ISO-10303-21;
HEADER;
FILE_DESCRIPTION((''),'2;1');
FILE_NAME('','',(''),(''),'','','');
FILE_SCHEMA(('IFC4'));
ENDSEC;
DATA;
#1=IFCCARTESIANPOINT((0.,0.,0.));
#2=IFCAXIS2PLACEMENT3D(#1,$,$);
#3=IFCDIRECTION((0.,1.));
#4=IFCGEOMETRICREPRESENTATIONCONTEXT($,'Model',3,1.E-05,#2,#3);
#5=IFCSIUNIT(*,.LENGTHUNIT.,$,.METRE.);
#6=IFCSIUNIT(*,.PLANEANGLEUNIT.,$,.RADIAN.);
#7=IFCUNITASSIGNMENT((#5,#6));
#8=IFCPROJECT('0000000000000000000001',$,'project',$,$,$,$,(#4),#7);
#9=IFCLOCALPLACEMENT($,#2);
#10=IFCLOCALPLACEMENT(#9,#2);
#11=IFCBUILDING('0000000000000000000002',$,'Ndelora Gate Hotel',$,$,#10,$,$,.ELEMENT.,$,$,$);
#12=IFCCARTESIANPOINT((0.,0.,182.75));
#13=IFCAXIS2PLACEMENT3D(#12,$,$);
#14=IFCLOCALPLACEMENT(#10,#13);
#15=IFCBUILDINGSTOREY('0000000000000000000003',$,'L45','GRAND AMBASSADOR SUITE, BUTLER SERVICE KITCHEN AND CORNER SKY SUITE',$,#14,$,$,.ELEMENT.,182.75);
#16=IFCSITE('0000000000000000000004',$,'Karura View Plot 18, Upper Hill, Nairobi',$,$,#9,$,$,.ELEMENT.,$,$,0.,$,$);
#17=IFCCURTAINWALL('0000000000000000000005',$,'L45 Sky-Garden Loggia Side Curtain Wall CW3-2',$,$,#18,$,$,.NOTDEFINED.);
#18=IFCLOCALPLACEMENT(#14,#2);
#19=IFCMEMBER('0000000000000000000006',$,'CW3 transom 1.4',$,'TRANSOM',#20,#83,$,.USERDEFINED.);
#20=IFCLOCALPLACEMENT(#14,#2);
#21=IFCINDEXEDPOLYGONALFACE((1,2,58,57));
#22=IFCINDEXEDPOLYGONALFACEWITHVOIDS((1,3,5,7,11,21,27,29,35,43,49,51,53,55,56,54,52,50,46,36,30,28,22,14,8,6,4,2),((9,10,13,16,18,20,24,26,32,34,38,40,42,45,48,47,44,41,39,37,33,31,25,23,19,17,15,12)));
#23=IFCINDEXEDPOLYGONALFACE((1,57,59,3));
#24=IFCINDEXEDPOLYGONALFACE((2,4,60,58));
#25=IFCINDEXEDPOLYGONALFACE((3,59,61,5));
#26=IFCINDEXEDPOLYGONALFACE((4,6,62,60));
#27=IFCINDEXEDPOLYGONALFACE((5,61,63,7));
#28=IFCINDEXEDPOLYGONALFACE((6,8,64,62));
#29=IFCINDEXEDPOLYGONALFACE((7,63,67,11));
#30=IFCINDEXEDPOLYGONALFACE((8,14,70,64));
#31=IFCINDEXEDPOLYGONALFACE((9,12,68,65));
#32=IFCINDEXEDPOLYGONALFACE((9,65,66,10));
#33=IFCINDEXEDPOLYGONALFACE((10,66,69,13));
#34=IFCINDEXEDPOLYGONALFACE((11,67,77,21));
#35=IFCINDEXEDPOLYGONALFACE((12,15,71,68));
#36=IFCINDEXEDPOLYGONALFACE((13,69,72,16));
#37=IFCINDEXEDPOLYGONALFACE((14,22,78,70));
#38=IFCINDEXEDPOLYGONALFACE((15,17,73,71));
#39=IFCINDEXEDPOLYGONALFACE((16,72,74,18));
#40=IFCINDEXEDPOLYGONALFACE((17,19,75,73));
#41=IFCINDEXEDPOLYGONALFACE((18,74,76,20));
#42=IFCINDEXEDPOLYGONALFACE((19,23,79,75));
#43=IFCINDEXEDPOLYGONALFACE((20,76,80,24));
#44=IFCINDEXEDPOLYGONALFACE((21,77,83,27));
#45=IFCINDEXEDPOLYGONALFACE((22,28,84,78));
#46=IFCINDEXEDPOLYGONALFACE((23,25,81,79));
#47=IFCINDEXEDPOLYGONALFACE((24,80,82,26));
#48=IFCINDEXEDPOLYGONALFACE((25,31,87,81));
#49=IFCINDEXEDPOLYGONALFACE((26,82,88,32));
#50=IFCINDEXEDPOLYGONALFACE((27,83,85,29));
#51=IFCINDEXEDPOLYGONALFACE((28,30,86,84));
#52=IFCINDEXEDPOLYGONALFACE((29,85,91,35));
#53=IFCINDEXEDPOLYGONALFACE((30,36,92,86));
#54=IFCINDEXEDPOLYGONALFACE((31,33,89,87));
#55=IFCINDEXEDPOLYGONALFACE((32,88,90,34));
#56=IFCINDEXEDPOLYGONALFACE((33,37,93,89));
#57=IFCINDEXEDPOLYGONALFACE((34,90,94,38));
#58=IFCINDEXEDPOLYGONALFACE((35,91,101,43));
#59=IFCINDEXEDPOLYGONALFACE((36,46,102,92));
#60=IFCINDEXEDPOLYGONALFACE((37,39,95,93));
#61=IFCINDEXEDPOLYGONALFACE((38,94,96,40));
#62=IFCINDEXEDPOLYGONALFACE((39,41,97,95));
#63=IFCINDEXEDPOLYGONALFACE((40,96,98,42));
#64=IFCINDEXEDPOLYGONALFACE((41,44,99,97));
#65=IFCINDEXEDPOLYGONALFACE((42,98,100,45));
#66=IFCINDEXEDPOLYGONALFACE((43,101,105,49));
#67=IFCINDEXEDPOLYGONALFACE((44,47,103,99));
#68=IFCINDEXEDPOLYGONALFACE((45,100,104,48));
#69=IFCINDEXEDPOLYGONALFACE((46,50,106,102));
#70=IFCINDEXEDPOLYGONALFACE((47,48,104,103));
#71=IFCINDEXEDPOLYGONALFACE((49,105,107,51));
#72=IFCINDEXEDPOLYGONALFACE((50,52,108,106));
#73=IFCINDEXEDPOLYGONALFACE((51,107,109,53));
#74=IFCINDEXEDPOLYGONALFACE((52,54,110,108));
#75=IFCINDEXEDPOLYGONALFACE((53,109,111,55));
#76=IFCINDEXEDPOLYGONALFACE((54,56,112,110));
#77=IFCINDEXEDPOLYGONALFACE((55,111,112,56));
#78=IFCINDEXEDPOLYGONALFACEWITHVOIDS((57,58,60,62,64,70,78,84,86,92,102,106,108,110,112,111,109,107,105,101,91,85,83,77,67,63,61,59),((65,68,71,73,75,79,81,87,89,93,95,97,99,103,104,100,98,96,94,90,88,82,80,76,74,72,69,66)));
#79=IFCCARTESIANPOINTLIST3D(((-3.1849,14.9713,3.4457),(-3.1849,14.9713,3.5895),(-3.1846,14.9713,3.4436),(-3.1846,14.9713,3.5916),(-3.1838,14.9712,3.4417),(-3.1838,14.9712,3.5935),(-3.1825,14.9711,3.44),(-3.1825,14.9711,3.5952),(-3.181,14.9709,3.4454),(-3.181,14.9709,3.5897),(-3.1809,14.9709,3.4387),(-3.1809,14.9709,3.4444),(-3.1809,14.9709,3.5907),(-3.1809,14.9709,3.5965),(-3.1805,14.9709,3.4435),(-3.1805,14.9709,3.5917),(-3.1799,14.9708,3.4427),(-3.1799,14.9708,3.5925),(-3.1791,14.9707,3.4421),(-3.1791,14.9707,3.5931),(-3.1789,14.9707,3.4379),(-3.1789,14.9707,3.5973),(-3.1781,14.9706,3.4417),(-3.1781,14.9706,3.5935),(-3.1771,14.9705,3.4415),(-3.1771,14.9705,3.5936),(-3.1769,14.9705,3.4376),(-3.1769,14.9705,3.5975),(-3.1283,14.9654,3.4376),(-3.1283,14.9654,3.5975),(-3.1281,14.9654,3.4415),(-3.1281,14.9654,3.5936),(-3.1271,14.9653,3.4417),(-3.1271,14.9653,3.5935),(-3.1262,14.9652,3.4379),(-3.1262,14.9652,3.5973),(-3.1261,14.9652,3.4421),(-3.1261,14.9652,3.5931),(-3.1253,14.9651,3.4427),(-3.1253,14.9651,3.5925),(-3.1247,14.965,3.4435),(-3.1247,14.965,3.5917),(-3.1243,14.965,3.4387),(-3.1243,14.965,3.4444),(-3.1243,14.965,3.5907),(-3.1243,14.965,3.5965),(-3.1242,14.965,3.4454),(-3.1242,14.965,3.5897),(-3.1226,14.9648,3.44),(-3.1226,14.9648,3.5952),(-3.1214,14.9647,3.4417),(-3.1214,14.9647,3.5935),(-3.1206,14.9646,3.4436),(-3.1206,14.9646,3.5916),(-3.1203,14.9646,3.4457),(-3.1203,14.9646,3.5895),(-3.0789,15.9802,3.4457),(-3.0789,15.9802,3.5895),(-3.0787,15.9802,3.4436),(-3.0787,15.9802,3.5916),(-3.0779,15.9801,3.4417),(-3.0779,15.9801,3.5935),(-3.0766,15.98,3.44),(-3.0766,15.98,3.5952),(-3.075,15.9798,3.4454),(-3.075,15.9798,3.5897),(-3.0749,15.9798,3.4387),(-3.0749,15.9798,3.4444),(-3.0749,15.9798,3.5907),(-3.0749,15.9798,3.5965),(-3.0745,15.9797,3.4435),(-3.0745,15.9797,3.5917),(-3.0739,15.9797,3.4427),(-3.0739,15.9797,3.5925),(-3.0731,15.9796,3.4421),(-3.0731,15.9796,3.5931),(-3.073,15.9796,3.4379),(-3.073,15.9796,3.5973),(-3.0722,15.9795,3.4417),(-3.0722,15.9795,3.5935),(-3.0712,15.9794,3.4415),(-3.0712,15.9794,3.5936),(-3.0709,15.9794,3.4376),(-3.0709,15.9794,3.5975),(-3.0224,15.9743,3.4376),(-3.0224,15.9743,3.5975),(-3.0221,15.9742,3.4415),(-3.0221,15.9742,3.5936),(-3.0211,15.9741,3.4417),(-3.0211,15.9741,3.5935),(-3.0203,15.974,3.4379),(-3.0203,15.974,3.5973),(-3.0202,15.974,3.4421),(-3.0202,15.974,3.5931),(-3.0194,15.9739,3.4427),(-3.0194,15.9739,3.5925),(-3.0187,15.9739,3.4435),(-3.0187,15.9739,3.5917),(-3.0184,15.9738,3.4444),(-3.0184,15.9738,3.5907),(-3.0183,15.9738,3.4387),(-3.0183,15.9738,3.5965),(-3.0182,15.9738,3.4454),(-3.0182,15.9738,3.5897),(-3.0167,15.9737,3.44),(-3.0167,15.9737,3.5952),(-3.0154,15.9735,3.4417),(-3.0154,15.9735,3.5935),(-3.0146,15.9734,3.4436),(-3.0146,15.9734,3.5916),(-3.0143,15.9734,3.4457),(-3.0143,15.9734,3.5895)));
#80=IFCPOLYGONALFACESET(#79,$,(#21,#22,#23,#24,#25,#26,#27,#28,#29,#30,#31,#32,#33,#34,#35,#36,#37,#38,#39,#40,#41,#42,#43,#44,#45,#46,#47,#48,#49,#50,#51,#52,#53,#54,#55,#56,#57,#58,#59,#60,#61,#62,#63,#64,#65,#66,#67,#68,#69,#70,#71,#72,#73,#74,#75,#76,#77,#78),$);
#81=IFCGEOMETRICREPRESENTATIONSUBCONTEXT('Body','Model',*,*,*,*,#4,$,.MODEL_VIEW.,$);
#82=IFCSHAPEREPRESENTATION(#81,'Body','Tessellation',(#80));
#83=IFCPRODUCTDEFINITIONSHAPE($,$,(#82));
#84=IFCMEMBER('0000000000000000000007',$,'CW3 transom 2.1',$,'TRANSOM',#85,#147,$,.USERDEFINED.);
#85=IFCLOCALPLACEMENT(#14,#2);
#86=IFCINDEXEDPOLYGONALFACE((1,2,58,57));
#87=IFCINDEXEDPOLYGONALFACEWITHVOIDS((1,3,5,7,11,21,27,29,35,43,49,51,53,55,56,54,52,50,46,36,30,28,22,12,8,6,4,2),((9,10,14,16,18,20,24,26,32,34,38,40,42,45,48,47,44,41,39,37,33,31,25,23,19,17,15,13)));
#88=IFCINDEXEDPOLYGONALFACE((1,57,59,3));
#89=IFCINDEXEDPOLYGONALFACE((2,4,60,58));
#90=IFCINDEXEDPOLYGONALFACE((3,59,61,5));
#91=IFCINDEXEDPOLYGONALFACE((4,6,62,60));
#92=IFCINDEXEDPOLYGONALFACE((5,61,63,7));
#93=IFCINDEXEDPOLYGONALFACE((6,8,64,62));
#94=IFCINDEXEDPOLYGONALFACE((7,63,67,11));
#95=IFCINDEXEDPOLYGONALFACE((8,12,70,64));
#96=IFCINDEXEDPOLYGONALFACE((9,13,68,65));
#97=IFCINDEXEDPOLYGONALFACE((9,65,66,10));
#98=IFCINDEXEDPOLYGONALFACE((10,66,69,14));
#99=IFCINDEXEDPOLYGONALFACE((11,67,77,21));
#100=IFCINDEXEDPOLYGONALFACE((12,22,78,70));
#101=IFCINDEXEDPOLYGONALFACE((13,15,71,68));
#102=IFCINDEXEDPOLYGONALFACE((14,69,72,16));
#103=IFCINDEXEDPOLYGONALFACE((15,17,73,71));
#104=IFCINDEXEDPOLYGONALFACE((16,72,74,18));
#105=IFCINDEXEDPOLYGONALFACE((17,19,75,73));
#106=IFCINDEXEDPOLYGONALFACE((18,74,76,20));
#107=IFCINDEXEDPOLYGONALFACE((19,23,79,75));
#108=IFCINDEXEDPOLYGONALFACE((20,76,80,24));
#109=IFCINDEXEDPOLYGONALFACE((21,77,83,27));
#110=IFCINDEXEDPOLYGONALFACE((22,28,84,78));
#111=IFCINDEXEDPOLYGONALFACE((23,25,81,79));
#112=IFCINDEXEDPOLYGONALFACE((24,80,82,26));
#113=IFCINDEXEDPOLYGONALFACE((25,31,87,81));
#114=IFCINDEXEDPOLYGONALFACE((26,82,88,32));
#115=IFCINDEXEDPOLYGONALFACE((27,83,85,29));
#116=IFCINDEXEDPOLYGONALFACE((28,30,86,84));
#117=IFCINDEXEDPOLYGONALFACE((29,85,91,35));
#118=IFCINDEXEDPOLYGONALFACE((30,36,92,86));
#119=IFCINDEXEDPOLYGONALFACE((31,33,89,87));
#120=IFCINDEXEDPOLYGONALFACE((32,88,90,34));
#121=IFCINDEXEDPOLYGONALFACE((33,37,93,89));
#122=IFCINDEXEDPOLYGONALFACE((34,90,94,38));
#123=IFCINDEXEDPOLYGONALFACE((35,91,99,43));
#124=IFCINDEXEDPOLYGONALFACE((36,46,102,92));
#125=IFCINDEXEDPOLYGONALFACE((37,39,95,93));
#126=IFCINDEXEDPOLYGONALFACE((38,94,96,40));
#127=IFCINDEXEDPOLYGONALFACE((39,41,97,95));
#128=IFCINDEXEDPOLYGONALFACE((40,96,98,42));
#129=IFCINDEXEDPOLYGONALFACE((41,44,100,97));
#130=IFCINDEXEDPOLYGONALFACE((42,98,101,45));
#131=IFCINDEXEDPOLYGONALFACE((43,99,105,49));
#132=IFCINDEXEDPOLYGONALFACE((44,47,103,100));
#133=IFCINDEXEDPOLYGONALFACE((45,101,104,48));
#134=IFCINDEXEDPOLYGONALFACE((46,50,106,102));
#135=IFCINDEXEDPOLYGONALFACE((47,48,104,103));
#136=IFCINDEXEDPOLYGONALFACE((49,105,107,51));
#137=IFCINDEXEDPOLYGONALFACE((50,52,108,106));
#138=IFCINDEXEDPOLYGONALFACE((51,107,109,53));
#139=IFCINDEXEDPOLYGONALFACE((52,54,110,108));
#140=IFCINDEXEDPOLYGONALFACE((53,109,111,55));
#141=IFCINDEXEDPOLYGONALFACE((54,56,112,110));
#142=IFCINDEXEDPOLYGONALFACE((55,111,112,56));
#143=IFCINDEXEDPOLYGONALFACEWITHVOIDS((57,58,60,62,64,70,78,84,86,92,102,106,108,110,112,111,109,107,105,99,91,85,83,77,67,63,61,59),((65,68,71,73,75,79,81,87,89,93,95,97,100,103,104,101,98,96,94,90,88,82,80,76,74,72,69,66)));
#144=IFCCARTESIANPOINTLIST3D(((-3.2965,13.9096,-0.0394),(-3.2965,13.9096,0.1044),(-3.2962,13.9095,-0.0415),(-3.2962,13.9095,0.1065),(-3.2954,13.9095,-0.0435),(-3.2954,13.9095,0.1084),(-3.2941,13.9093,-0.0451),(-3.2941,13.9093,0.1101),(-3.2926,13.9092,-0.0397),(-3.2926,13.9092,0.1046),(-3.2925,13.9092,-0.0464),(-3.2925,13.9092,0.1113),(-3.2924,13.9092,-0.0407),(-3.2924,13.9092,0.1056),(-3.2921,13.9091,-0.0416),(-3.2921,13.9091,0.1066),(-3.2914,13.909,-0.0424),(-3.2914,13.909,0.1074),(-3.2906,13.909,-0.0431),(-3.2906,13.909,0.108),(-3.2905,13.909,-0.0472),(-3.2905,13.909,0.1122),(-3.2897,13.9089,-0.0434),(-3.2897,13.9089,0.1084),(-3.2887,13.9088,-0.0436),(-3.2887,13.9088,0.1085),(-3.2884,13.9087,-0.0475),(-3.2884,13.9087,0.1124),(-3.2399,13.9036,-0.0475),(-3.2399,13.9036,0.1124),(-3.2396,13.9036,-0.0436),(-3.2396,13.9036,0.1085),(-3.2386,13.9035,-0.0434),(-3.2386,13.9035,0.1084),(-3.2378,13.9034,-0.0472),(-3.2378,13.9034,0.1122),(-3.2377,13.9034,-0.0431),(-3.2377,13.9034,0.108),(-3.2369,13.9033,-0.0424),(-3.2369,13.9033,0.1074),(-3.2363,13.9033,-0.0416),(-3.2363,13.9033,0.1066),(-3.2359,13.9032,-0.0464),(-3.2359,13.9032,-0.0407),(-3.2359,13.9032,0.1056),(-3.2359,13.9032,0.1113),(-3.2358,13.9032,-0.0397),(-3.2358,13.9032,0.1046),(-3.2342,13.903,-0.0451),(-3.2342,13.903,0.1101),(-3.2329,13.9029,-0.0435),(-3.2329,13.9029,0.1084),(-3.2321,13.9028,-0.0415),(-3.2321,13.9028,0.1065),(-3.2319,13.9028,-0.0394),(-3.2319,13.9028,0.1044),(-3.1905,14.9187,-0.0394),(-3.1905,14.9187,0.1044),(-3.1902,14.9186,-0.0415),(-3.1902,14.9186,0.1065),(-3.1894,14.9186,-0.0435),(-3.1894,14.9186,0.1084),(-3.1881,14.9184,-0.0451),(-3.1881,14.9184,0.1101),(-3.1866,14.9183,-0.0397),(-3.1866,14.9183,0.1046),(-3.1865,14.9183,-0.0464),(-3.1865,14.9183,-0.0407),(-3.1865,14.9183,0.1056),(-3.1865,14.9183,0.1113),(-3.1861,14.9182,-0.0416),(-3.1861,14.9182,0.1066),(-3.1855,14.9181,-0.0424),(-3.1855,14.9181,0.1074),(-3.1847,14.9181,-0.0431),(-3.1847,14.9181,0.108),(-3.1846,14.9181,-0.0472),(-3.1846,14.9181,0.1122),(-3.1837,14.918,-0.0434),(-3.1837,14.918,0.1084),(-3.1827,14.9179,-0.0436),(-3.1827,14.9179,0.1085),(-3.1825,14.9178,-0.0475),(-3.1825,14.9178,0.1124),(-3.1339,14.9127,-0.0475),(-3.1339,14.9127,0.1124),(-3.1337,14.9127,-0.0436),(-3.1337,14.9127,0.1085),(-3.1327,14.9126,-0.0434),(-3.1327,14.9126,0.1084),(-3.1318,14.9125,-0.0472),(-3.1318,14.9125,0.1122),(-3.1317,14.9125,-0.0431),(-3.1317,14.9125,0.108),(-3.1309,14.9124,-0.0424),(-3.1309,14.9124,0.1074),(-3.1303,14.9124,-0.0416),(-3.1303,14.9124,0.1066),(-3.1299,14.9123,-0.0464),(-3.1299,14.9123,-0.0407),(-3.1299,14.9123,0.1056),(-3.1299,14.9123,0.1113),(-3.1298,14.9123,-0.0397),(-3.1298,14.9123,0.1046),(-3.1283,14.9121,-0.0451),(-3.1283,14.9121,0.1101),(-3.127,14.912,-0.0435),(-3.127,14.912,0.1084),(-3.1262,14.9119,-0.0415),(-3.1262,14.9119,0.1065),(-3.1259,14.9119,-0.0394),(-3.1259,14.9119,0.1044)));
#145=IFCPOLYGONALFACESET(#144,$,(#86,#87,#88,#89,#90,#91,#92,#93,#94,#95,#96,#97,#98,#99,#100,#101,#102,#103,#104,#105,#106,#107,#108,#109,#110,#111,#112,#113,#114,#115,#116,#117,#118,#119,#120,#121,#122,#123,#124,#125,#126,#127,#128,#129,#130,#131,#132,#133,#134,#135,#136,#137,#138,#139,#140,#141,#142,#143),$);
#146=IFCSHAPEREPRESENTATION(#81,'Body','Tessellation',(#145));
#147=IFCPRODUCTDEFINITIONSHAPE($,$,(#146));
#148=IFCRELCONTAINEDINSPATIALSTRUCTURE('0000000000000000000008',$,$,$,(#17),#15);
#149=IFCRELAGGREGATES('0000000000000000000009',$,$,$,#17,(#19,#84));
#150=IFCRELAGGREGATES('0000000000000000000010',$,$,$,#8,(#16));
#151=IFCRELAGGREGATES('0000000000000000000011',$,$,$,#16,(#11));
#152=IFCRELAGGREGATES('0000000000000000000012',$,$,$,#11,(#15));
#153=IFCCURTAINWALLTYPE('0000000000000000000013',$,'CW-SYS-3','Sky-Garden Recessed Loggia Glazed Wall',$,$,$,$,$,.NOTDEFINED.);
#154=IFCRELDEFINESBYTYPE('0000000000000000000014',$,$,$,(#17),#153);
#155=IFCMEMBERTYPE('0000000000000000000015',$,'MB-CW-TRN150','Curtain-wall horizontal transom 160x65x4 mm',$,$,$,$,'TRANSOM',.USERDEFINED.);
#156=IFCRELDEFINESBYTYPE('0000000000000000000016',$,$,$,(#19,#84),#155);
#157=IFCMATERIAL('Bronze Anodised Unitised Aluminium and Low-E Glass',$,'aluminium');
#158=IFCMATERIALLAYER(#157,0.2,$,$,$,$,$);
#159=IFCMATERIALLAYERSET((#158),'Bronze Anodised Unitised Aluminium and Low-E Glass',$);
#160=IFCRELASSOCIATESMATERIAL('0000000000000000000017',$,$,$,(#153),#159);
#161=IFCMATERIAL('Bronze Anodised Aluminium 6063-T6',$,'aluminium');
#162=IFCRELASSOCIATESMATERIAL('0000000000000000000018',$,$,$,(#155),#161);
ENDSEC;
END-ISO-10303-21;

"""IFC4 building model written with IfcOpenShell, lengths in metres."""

from ifc_helpers import new_model, si_unit, direction, frame, origin, origin_2d, place, context, subcontext, project, spatial, hollow_rectangle, extrude, material, layer, layer_set, material_profile, profile_set, type_object, element, aggregate, save


model = new_model("IFC4")

# Units and contexts
model_context = context("Model", 3, precision=1e-05, world=origin(), true_north=direction((0.0, 1.0)))
body_context = subcontext(model_context, "Body", "Model", "MODEL_VIEW")
ifc_project = project(units=[si_unit("LENGTHUNIT", "METRE"), si_unit("PLANEANGLEUNIT", "RADIAN")], contexts=[model_context])

# Site, building, storey
site_placement = place(None, origin())
site = spatial("IfcSite", under=ifc_project, at=site_placement, Name="Karura View Plot 18, Upper Hill, Nairobi", CompositionType="ELEMENT", RefElevation=0.0)
building_placement = place(site_placement, origin())
building = spatial("IfcBuilding", under=site, at=building_placement, Name="Ndelora Gate Hotel", CompositionType="ELEMENT")
storey_placement = place(building_placement, frame((0.0, 0.0, 182.75)))
storey = spatial("IfcBuildingStorey", under=building, at=storey_placement, Name="L45", Description="GRAND AMBASSADOR SUITE, BUTLER SERVICE KITCHEN AND CORNER SKY SUITE", CompositionType="ELEMENT", Elevation=182.75)

# Curtain wall, members
ifc_material_1 = material(Name="Bronze Anodised Unitised Aluminium and Low-E Glass", Category="aluminium")
ifc_layer_1 = layer(ifc_material_1, 0.2)
ifc_layer_set_1 = layer_set([ifc_layer_1], Name="Bronze Anodised Unitised Aluminium and Low-E Glass")
curtain_wall_type = type_object("IfcCurtainWallType", Name="CW-SYS-3", Description="Sky-Garden Recessed Loggia Glazed Wall", PredefinedType="NOTDEFINED", material=ifc_layer_set_1)
curtain_wall_placement = place(storey_placement, origin())
curtain_wall = element("IfcCurtainWall", 1, at=curtain_wall_placement, inside=storey, type_object=curtain_wall_type, Name="L45 Sky-Garden Loggia Side Curtain Wall CW3-2", PredefinedType="NOTDEFINED")
ifc_material_2 = material(Name="Bronze Anodised Aluminium 6063-T6", Category="aluminium")
ifc_material_profile_1 = material_profile(ifc_material_2, hollow_rectangle(XDim=0.0649, YDim=0.1599, WallThickness=0.0039, InnerFilletRadius=0.0039, OuterFilletRadius=0.0081, at=origin_2d()), Name="ALU 160x65x4")
ifc_profile_set_1 = profile_set([ifc_material_profile_1], Name="Bronze Anodised Aluminium 6063-T6")
member_type_1 = type_object("IfcMemberType", Name="MB-CW-TRN150", Description="Curtain-wall horizontal transom 160x65x4 mm", ElementType="TRANSOM", PredefinedType="USERDEFINED", material=ifc_profile_set_1)
member_1_placement = place(storey_placement, frame((-3.0466, 15.9768, 3.5176), z_axis=(-0.104459, -0.994529, 0.0), x_axis=(0.994529, -0.104459, 0.0)))
member_1 = element("IfcMember", 2, at=member_1_placement, type_object=member_type_1, Name="CW3 transom 1.4", ObjectType="TRANSOM", PredefinedType="USERDEFINED", context=body_context, shape_type="SweptSolid", body=[
    extrude(hollow_rectangle(XDim=0.0649, YDim=0.1599, WallThickness=0.0039, InnerFilletRadius=0.0039, OuterFilletRadius=0.0081, at=origin_2d()), origin(), (0.0, 0.0, 1.0), 1.0144),
])
member_2_placement = place(storey_placement, frame((-3.1582, 14.9153, 0.0325), z_axis=(-0.104434, -0.994532, 0.0), x_axis=(0.994532, -0.104434, 0.0)))
member_2 = element("IfcMember", 3, at=member_2_placement, type_object=member_type_1, Name="CW3 transom 2.1", ObjectType="TRANSOM", PredefinedType="USERDEFINED", context=body_context, shape_type="SweptSolid", body=[
    extrude(hollow_rectangle(XDim=0.0649, YDim=0.1599, WallThickness=0.0039, InnerFilletRadius=0.0039, OuterFilletRadius=0.0081, at=origin_2d()), origin(), (0.0, 0.0, 1.0), 1.0146),
])
aggregate(curtain_wall, [member_1, member_2])

save(model, "model.ifc")
